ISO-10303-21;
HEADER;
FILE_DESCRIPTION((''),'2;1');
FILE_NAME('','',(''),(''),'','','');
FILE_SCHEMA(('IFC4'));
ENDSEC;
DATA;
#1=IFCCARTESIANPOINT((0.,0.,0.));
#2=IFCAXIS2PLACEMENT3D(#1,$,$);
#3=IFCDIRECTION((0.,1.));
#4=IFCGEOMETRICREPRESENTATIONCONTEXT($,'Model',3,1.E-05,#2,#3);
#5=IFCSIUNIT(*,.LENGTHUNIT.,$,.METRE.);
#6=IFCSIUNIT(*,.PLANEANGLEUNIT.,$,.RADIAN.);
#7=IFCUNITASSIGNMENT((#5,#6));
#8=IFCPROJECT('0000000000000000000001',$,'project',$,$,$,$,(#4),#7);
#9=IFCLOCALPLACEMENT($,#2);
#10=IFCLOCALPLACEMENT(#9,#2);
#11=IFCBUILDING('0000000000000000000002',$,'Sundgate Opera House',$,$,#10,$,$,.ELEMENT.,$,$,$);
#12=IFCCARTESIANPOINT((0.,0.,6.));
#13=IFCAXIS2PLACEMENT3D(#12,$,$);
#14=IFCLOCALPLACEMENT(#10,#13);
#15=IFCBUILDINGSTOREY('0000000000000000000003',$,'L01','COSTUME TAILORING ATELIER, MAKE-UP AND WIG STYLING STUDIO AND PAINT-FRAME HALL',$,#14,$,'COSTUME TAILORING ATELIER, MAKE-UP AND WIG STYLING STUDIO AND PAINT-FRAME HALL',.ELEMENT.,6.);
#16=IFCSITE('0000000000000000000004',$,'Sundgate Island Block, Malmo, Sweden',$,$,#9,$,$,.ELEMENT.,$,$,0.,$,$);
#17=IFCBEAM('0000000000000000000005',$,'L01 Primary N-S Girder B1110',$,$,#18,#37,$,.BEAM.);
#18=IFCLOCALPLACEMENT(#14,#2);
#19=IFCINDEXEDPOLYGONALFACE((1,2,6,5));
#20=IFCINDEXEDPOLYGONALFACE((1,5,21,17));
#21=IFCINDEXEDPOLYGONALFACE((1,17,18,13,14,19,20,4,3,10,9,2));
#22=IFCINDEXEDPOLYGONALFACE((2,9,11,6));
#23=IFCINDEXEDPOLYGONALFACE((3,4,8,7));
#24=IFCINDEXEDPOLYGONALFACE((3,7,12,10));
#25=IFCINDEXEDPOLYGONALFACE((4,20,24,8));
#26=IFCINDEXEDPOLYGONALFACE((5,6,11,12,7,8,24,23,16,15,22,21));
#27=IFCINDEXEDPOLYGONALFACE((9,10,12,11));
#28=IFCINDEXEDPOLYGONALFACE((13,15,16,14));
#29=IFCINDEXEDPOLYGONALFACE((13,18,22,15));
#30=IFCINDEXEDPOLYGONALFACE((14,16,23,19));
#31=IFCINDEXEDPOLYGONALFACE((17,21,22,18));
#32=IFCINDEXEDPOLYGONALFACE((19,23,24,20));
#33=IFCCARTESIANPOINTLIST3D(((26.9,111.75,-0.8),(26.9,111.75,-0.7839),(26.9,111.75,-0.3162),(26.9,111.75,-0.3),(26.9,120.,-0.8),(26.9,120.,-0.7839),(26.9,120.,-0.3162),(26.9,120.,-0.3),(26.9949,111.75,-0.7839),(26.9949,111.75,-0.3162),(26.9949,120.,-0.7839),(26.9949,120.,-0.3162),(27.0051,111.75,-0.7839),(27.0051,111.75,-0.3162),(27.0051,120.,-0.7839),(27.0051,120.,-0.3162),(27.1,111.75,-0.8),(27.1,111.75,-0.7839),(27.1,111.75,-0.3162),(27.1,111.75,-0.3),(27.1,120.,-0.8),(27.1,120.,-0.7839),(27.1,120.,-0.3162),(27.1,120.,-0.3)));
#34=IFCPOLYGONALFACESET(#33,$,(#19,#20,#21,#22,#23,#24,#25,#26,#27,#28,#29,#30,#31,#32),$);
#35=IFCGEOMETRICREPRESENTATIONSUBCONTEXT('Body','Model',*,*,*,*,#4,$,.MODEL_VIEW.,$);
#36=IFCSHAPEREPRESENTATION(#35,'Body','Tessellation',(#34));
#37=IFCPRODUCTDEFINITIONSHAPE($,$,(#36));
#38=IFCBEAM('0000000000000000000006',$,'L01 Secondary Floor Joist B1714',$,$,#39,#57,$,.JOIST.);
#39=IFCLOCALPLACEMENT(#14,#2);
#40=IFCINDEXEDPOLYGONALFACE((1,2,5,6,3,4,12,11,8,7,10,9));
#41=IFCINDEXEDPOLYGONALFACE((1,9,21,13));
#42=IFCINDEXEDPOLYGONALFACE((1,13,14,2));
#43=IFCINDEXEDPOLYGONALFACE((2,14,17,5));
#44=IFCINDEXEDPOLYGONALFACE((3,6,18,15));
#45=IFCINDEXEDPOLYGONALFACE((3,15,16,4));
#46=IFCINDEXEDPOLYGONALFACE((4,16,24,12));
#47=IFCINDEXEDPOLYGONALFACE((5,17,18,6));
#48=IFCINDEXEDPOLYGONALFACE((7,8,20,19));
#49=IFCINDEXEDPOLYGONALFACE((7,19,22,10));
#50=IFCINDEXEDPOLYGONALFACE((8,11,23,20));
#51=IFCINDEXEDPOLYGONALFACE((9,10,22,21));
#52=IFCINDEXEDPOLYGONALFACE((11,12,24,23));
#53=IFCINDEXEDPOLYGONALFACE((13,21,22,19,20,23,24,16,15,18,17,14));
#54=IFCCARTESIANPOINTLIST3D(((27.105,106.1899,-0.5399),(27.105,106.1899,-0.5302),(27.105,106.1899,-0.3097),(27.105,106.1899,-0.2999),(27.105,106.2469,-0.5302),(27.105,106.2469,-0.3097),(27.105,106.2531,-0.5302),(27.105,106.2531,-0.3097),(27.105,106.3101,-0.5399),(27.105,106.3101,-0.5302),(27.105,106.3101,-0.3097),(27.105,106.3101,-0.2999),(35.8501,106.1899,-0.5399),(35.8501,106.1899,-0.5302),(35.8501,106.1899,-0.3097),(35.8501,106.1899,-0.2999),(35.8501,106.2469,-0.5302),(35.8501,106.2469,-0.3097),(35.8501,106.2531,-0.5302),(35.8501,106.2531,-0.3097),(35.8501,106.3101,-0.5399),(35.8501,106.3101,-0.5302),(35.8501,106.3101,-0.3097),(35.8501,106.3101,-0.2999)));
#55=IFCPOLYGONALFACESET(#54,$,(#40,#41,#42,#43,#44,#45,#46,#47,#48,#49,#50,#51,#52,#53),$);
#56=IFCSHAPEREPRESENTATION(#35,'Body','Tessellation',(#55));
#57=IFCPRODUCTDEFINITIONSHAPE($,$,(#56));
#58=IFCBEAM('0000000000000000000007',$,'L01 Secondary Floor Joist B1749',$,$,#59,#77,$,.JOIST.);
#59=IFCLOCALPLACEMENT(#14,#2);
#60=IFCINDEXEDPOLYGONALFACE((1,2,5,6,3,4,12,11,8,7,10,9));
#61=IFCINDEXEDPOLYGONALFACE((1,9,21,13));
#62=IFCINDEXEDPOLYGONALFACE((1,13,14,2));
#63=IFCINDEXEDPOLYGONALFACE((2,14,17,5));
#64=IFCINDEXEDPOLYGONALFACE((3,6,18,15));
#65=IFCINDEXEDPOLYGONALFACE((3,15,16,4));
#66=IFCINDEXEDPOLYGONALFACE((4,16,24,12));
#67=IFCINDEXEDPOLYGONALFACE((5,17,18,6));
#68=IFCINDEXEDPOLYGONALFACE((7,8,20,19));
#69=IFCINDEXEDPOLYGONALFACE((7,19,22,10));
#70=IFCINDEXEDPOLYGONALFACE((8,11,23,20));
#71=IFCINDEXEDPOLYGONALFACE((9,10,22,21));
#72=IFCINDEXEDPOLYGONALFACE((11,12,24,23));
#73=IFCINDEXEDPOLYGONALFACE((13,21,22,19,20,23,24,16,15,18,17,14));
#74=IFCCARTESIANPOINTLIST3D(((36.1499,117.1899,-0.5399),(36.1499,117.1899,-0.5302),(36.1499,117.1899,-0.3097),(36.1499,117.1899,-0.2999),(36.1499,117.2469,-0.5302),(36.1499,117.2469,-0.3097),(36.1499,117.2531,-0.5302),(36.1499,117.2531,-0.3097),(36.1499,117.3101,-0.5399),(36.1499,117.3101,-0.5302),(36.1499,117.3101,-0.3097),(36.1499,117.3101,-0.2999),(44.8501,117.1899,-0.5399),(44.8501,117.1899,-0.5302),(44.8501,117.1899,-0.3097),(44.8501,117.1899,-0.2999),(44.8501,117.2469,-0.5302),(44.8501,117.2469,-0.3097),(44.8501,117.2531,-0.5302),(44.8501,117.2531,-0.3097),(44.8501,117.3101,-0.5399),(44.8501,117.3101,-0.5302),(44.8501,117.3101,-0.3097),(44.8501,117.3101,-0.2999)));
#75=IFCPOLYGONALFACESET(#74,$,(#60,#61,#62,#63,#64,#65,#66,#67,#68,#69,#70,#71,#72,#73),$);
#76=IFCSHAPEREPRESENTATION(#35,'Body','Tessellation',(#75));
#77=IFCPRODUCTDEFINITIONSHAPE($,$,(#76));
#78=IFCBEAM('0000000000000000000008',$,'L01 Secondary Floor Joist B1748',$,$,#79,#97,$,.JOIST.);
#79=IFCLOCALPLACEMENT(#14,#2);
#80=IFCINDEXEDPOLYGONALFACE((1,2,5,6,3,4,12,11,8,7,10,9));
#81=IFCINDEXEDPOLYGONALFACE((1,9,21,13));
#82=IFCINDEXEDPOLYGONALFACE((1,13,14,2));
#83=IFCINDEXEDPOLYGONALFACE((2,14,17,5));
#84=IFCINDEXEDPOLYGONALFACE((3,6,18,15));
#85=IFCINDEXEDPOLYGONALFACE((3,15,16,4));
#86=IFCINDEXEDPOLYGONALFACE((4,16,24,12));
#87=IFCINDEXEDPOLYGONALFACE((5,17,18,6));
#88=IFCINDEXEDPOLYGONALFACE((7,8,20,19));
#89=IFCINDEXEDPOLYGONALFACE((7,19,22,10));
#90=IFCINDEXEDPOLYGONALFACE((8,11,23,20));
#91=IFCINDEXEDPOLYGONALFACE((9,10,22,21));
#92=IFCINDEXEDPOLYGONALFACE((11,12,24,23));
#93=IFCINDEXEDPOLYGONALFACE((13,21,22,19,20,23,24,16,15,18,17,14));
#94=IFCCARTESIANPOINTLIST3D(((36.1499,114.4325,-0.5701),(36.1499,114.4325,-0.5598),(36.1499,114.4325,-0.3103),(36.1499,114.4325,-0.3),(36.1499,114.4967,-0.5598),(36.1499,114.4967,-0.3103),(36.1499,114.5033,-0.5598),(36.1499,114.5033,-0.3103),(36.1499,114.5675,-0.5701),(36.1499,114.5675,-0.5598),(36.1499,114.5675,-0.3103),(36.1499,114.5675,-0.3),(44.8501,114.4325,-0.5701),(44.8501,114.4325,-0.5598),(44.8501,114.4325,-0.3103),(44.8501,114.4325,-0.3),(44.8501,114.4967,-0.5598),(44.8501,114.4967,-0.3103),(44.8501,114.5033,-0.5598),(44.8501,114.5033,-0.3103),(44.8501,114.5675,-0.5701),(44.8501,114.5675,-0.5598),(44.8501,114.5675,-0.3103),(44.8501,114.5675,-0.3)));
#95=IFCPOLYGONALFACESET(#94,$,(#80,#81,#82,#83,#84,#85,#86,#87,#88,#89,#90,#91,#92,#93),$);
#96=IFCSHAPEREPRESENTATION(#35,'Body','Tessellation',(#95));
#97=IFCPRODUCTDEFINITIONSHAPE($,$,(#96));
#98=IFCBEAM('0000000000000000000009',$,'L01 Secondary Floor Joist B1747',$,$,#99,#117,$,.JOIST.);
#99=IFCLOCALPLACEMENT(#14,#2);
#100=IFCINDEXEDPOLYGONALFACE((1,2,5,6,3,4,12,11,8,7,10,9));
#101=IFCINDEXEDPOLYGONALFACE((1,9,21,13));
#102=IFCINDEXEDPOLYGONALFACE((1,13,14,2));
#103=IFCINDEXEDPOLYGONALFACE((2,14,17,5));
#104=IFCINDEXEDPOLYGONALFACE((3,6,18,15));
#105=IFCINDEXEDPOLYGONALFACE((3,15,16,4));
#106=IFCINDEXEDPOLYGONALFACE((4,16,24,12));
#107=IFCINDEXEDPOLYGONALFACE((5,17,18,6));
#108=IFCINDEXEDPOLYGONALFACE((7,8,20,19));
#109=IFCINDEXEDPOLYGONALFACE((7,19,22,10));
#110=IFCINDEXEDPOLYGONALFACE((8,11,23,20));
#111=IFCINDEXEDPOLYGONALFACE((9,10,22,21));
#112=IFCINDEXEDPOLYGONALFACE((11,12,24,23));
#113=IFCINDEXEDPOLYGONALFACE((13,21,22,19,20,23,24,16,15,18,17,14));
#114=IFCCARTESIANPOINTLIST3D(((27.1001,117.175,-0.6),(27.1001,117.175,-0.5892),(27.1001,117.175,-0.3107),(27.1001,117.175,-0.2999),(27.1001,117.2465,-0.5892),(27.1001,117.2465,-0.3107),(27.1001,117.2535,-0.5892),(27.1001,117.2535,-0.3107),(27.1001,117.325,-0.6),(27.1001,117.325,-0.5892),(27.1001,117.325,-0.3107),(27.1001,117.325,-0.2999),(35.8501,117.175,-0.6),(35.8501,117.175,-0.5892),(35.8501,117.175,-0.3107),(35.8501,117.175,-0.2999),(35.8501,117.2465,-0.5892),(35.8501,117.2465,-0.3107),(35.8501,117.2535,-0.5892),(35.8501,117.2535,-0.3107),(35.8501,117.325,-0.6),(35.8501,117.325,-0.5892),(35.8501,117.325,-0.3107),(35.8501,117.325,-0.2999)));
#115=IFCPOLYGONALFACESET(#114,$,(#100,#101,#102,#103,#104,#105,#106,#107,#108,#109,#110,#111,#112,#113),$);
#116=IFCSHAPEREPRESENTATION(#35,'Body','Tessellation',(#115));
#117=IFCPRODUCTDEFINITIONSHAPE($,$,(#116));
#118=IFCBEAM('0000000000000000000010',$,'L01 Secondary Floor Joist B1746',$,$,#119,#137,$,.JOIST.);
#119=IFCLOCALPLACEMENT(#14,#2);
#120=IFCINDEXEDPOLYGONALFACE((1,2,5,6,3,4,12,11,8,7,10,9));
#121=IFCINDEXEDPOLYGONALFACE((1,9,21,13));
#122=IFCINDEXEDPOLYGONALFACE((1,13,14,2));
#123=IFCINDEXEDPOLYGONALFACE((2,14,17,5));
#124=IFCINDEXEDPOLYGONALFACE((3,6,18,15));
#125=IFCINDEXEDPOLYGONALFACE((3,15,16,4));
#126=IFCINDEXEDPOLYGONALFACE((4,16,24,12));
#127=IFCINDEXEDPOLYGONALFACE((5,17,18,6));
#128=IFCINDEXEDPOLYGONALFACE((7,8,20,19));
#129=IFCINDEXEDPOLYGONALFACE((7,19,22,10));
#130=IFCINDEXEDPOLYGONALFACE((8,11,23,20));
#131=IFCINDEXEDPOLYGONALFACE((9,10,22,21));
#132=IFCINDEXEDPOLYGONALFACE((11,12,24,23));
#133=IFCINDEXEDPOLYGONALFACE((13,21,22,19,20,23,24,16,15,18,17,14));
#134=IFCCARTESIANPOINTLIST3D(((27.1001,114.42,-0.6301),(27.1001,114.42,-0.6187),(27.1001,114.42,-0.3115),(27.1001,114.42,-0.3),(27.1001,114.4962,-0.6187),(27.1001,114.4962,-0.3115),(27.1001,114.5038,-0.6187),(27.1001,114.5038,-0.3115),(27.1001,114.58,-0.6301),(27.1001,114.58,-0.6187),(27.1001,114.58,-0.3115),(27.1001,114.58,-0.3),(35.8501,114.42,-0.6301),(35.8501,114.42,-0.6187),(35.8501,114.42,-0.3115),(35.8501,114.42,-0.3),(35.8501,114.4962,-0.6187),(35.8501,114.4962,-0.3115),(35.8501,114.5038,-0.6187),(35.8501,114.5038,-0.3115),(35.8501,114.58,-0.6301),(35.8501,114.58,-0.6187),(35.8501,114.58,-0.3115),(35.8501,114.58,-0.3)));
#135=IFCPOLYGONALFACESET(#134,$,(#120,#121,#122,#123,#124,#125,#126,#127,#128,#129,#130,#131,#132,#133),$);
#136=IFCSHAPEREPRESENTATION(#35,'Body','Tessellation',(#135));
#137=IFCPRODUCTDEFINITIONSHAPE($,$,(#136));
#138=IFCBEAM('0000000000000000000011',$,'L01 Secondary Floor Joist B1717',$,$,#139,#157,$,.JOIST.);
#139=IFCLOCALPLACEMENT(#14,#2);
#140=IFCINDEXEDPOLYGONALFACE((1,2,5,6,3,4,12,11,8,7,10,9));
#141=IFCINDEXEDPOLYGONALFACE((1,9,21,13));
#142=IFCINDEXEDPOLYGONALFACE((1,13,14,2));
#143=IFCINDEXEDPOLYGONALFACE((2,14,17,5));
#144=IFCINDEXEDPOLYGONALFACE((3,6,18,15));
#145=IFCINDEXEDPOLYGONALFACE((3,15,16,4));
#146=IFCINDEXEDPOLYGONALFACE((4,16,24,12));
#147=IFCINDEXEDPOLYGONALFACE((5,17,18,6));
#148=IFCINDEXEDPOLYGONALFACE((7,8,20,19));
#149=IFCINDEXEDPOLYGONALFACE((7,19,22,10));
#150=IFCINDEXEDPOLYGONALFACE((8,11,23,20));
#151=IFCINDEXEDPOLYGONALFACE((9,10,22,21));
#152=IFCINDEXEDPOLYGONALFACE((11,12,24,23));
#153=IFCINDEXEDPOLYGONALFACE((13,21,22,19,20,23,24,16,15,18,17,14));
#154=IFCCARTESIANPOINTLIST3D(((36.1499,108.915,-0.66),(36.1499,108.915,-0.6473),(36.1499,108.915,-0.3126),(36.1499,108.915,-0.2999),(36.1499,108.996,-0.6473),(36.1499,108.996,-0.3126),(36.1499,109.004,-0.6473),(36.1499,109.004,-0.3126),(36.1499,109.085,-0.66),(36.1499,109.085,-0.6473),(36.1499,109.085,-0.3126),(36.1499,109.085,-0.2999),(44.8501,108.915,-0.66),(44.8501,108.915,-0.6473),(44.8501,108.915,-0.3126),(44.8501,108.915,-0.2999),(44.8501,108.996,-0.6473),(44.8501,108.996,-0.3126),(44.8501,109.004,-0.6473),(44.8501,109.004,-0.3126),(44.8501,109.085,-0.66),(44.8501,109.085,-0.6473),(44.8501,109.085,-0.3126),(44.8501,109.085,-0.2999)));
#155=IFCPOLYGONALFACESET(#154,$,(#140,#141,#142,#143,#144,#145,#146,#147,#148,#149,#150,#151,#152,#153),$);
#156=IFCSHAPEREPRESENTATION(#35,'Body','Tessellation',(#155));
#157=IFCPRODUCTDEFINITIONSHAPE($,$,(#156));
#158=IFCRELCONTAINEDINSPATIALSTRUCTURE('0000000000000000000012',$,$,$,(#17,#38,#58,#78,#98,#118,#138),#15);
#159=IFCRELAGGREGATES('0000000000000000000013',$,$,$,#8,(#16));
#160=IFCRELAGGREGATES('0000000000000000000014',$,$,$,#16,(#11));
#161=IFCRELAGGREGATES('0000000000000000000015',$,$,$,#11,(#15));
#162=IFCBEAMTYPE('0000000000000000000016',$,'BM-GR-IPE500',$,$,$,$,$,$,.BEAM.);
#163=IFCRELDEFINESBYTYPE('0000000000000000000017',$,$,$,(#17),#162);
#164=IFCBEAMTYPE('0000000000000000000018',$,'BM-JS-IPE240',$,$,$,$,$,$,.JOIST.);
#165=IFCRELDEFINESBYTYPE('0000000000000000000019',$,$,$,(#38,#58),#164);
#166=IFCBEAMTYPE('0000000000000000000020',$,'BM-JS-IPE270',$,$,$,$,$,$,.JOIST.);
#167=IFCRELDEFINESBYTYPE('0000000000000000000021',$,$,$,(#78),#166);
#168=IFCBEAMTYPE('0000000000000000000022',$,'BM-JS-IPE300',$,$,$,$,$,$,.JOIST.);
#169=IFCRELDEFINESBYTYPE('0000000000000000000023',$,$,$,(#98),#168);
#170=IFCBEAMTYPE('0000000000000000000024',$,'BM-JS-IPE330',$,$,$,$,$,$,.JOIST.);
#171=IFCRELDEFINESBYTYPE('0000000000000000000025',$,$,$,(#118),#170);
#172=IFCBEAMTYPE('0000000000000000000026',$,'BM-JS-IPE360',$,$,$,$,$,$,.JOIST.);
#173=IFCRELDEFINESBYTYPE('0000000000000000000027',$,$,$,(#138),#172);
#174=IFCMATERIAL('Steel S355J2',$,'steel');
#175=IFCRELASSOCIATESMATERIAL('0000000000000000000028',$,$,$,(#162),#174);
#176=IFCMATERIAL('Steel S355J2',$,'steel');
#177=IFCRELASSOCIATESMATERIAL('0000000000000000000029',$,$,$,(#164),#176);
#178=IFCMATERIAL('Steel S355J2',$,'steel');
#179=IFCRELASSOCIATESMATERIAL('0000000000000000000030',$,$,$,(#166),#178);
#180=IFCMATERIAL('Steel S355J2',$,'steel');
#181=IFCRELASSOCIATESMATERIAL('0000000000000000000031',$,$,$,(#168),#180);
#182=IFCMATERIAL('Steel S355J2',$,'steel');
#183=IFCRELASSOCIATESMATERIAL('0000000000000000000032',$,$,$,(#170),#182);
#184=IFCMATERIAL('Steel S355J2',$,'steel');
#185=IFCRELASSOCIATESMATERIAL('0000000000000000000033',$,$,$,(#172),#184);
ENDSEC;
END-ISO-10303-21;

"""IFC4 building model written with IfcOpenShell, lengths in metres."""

from ifc_helpers import new_model, si_unit, direction, frame, origin, origin_2d, place, context, subcontext, project, spatial, i_section, extrude, material, material_profile, profile_set, type_object, element, save


model = new_model("IFC4")

# Units and contexts
model_context = context("Model", 3, precision=1e-05, world=origin(), true_north=direction((0.0, 1.0)))
body_context = subcontext(model_context, "Body", "Model", "MODEL_VIEW")
ifc_project = project(units=[si_unit("LENGTHUNIT", "METRE"), si_unit("PLANEANGLEUNIT", "RADIAN")], contexts=[model_context])

# Site, building, storey
site_placement = place(None, origin())
site = spatial("IfcSite", under=ifc_project, at=site_placement, Name="Sundgate Island Block, Malmo, Sweden", CompositionType="ELEMENT", RefElevation=0.0)
building_placement = place(site_placement, origin())
building = spatial("IfcBuilding", under=site, at=building_placement, Name="Sundgate Opera House", CompositionType="ELEMENT")
storey_placement = place(building_placement, frame((0.0, 0.0, 6.0)))
storey = spatial("IfcBuildingStorey", under=building, at=storey_placement, Name="L01", Description="COSTUME TAILORING ATELIER, MAKE-UP AND WIG STYLING STUDIO AND PAINT-FRAME HALL", LongName="COSTUME TAILORING ATELIER, MAKE-UP AND WIG STYLING STUDIO AND PAINT-FRAME HALL", CompositionType="ELEMENT", Elevation=6.0)

# Beams
ifc_material_1 = material(Name="Steel S355J2", Category="steel")
ifc_material_profile_1 = material_profile(ifc_material_1, i_section(OverallWidth=0.2, OverallDepth=0.5, WebThickness=0.0103, FlangeThickness=0.0161, at=origin_2d()), Name="IPE 500")
ifc_profile_set_1 = profile_set([ifc_material_profile_1], Name="Steel S355J2")
beam_type_1 = type_object("IfcBeamType", Name="BM-GR-IPE500", PredefinedType="BEAM", material=ifc_profile_set_1)
beam_1_placement = place(storey_placement, frame((27.0, 111.75, -0.55), z_axis=(0.0, 1.0, 0.0), x_axis=(-1.0, 0.0, 0.0)))
element("IfcBeam", 1, at=beam_1_placement, inside=storey, type_object=beam_type_1, Name="L01 Primary N-S Girder B1110", PredefinedType="BEAM", context=body_context, shape_type="SweptSolid", body=[
    extrude(i_section(OverallWidth=0.2, OverallDepth=0.5, WebThickness=0.0103, FlangeThickness=0.0161, at=origin_2d()), origin(), (0.0, 0.0, 1.0), 8.25),
])
ifc_material_2 = material(Name="Steel S355J2", Category="steel")
ifc_material_profile_2 = material_profile(ifc_material_2, i_section(OverallWidth=0.1201, OverallDepth=0.24, WebThickness=0.0061, FlangeThickness=0.0098, at=origin_2d()), Name="IPE 240")
ifc_profile_set_2 = profile_set([ifc_material_profile_2], Name="Steel S355J2")
beam_type_2 = type_object("IfcBeamType", Name="BM-JS-IPE240", PredefinedType="JOIST", material=ifc_profile_set_2)
beam_2_placement = place(storey_placement, frame((27.105, 106.25, -0.4199), z_axis=(1.0, 0.0, 0.0), x_axis=(0.0, 1.0, 0.0)))
element("IfcBeam", 2, at=beam_2_placement, inside=storey, type_object=beam_type_2, Name="L01 Secondary Floor Joist B1714", PredefinedType="JOIST", context=body_context, shape_type="SweptSolid", body=[
    extrude(i_section(OverallWidth=0.1201, OverallDepth=0.24, WebThickness=0.0061, FlangeThickness=0.0098, at=origin_2d()), origin(), (0.0, 0.0, 1.0), 8.7451),
])
beam_3_placement = place(storey_placement, frame((36.1499, 117.25, -0.4199), z_axis=(1.0, 0.0, 0.0), x_axis=(0.0, 1.0, 0.0)))
element("IfcBeam", 3, at=beam_3_placement, inside=storey, type_object=beam_type_2, Name="L01 Secondary Floor Joist B1749", PredefinedType="JOIST", context=body_context, shape_type="SweptSolid", body=[
    extrude(i_section(OverallWidth=0.1201, OverallDepth=0.24, WebThickness=0.0061, FlangeThickness=0.0098, at=origin_2d()), origin(), (0.0, 0.0, 1.0), 8.7002),
])
ifc_material_3 = material(Name="Steel S355J2", Category="steel")
ifc_material_profile_3 = material_profile(ifc_material_3, i_section(OverallWidth=0.135, OverallDepth=0.27, WebThickness=0.0066, FlangeThickness=0.0103, at=origin_2d()), Name="IPE 270")
ifc_profile_set_3 = profile_set([ifc_material_profile_3], Name="Steel S355J2")
beam_type_3 = type_object("IfcBeamType", Name="BM-JS-IPE270", PredefinedType="JOIST", material=ifc_profile_set_3)
beam_4_placement = place(storey_placement, frame((36.1499, 114.5, -0.4351), z_axis=(1.0, 0.0, 0.0), x_axis=(0.0, 1.0, 0.0)))
element("IfcBeam", 4, at=beam_4_placement, inside=storey, type_object=beam_type_3, Name="L01 Secondary Floor Joist B1748", PredefinedType="JOIST", context=body_context, shape_type="SweptSolid", body=[
    extrude(i_section(OverallWidth=0.135, OverallDepth=0.27, WebThickness=0.0066, FlangeThickness=0.0103, at=origin_2d()), origin(), (0.0, 0.0, 1.0), 8.7002),
])
ifc_material_4 = material(Name="Steel S355J2", Category="steel")
ifc_material_profile_4 = material_profile(ifc_material_4, i_section(OverallWidth=0.1499, OverallDepth=0.3, WebThickness=0.0071, FlangeThickness=0.0107, at=origin_2d()), Name="IPE 300")
ifc_profile_set_4 = profile_set([ifc_material_profile_4], Name="Steel S355J2")
beam_type_4 = type_object("IfcBeamType", Name="BM-JS-IPE300", PredefinedType="JOIST", material=ifc_profile_set_4)
beam_5_placement = place(storey_placement, frame((27.1001, 117.25, -0.45), z_axis=(1.0, 0.0, 0.0), x_axis=(0.0, 1.0, 0.0)))
element("IfcBeam", 5, at=beam_5_placement, inside=storey, type_object=beam_type_4, Name="L01 Secondary Floor Joist B1747", PredefinedType="JOIST", context=body_context, shape_type="SweptSolid", body=[
    extrude(i_section(OverallWidth=0.1499, OverallDepth=0.3, WebThickness=0.0071, FlangeThickness=0.0107, at=origin_2d()), origin(), (0.0, 0.0, 1.0), 8.75),
])
ifc_material_5 = material(Name="Steel S355J2", Category="steel")
ifc_material_profile_5 = material_profile(ifc_material_5, i_section(OverallWidth=0.1599, OverallDepth=0.3301, WebThickness=0.0076, FlangeThickness=0.0115, at=origin_2d()), Name="IPE 330")
ifc_profile_set_5 = profile_set([ifc_material_profile_5], Name="Steel S355J2")
beam_type_5 = type_object("IfcBeamType", Name="BM-JS-IPE330", PredefinedType="JOIST", material=ifc_profile_set_5)
beam_6_placement = place(storey_placement, frame((27.1001, 114.5, -0.4651), z_axis=(1.0, 0.0, 0.0), x_axis=(0.0, 1.0, 0.0)))
element("IfcBeam", 6, at=beam_6_placement, inside=storey, type_object=beam_type_5, Name="L01 Secondary Floor Joist B1746", PredefinedType="JOIST", context=body_context, shape_type="SweptSolid", body=[
    extrude(i_section(OverallWidth=0.1599, OverallDepth=0.3301, WebThickness=0.0076, FlangeThickness=0.0115, at=origin_2d()), origin(), (0.0, 0.0, 1.0), 8.75),
])
ifc_material_6 = material(Name="Steel S355J2", Category="steel")
ifc_material_profile_6 = material_profile(ifc_material_6, i_section(OverallWidth=0.1699, OverallDepth=0.3601, WebThickness=0.0081, FlangeThickness=0.0127, at=origin_2d()), Name="IPE 360")
ifc_profile_set_6 = profile_set([ifc_material_profile_6], Name="Steel S355J2")
beam_type_6 = type_object("IfcBeamType", Name="BM-JS-IPE360", PredefinedType="JOIST", material=ifc_profile_set_6)
beam_7_placement = place(storey_placement, frame((36.1499, 109.0, -0.48), z_axis=(1.0, 0.0, 0.0), x_axis=(0.0, 1.0, 0.0)))
element("IfcBeam", 7, at=beam_7_placement, inside=storey, type_object=beam_type_6, Name="L01 Secondary Floor Joist B1717", PredefinedType="JOIST", context=body_context, shape_type="SweptSolid", body=[
    extrude(i_section(OverallWidth=0.1699, OverallDepth=0.3601, WebThickness=0.0081, FlangeThickness=0.0127, at=origin_2d()), origin(), (0.0, 0.0, 1.0), 8.7002),
])

save(model, "model.ifc")
